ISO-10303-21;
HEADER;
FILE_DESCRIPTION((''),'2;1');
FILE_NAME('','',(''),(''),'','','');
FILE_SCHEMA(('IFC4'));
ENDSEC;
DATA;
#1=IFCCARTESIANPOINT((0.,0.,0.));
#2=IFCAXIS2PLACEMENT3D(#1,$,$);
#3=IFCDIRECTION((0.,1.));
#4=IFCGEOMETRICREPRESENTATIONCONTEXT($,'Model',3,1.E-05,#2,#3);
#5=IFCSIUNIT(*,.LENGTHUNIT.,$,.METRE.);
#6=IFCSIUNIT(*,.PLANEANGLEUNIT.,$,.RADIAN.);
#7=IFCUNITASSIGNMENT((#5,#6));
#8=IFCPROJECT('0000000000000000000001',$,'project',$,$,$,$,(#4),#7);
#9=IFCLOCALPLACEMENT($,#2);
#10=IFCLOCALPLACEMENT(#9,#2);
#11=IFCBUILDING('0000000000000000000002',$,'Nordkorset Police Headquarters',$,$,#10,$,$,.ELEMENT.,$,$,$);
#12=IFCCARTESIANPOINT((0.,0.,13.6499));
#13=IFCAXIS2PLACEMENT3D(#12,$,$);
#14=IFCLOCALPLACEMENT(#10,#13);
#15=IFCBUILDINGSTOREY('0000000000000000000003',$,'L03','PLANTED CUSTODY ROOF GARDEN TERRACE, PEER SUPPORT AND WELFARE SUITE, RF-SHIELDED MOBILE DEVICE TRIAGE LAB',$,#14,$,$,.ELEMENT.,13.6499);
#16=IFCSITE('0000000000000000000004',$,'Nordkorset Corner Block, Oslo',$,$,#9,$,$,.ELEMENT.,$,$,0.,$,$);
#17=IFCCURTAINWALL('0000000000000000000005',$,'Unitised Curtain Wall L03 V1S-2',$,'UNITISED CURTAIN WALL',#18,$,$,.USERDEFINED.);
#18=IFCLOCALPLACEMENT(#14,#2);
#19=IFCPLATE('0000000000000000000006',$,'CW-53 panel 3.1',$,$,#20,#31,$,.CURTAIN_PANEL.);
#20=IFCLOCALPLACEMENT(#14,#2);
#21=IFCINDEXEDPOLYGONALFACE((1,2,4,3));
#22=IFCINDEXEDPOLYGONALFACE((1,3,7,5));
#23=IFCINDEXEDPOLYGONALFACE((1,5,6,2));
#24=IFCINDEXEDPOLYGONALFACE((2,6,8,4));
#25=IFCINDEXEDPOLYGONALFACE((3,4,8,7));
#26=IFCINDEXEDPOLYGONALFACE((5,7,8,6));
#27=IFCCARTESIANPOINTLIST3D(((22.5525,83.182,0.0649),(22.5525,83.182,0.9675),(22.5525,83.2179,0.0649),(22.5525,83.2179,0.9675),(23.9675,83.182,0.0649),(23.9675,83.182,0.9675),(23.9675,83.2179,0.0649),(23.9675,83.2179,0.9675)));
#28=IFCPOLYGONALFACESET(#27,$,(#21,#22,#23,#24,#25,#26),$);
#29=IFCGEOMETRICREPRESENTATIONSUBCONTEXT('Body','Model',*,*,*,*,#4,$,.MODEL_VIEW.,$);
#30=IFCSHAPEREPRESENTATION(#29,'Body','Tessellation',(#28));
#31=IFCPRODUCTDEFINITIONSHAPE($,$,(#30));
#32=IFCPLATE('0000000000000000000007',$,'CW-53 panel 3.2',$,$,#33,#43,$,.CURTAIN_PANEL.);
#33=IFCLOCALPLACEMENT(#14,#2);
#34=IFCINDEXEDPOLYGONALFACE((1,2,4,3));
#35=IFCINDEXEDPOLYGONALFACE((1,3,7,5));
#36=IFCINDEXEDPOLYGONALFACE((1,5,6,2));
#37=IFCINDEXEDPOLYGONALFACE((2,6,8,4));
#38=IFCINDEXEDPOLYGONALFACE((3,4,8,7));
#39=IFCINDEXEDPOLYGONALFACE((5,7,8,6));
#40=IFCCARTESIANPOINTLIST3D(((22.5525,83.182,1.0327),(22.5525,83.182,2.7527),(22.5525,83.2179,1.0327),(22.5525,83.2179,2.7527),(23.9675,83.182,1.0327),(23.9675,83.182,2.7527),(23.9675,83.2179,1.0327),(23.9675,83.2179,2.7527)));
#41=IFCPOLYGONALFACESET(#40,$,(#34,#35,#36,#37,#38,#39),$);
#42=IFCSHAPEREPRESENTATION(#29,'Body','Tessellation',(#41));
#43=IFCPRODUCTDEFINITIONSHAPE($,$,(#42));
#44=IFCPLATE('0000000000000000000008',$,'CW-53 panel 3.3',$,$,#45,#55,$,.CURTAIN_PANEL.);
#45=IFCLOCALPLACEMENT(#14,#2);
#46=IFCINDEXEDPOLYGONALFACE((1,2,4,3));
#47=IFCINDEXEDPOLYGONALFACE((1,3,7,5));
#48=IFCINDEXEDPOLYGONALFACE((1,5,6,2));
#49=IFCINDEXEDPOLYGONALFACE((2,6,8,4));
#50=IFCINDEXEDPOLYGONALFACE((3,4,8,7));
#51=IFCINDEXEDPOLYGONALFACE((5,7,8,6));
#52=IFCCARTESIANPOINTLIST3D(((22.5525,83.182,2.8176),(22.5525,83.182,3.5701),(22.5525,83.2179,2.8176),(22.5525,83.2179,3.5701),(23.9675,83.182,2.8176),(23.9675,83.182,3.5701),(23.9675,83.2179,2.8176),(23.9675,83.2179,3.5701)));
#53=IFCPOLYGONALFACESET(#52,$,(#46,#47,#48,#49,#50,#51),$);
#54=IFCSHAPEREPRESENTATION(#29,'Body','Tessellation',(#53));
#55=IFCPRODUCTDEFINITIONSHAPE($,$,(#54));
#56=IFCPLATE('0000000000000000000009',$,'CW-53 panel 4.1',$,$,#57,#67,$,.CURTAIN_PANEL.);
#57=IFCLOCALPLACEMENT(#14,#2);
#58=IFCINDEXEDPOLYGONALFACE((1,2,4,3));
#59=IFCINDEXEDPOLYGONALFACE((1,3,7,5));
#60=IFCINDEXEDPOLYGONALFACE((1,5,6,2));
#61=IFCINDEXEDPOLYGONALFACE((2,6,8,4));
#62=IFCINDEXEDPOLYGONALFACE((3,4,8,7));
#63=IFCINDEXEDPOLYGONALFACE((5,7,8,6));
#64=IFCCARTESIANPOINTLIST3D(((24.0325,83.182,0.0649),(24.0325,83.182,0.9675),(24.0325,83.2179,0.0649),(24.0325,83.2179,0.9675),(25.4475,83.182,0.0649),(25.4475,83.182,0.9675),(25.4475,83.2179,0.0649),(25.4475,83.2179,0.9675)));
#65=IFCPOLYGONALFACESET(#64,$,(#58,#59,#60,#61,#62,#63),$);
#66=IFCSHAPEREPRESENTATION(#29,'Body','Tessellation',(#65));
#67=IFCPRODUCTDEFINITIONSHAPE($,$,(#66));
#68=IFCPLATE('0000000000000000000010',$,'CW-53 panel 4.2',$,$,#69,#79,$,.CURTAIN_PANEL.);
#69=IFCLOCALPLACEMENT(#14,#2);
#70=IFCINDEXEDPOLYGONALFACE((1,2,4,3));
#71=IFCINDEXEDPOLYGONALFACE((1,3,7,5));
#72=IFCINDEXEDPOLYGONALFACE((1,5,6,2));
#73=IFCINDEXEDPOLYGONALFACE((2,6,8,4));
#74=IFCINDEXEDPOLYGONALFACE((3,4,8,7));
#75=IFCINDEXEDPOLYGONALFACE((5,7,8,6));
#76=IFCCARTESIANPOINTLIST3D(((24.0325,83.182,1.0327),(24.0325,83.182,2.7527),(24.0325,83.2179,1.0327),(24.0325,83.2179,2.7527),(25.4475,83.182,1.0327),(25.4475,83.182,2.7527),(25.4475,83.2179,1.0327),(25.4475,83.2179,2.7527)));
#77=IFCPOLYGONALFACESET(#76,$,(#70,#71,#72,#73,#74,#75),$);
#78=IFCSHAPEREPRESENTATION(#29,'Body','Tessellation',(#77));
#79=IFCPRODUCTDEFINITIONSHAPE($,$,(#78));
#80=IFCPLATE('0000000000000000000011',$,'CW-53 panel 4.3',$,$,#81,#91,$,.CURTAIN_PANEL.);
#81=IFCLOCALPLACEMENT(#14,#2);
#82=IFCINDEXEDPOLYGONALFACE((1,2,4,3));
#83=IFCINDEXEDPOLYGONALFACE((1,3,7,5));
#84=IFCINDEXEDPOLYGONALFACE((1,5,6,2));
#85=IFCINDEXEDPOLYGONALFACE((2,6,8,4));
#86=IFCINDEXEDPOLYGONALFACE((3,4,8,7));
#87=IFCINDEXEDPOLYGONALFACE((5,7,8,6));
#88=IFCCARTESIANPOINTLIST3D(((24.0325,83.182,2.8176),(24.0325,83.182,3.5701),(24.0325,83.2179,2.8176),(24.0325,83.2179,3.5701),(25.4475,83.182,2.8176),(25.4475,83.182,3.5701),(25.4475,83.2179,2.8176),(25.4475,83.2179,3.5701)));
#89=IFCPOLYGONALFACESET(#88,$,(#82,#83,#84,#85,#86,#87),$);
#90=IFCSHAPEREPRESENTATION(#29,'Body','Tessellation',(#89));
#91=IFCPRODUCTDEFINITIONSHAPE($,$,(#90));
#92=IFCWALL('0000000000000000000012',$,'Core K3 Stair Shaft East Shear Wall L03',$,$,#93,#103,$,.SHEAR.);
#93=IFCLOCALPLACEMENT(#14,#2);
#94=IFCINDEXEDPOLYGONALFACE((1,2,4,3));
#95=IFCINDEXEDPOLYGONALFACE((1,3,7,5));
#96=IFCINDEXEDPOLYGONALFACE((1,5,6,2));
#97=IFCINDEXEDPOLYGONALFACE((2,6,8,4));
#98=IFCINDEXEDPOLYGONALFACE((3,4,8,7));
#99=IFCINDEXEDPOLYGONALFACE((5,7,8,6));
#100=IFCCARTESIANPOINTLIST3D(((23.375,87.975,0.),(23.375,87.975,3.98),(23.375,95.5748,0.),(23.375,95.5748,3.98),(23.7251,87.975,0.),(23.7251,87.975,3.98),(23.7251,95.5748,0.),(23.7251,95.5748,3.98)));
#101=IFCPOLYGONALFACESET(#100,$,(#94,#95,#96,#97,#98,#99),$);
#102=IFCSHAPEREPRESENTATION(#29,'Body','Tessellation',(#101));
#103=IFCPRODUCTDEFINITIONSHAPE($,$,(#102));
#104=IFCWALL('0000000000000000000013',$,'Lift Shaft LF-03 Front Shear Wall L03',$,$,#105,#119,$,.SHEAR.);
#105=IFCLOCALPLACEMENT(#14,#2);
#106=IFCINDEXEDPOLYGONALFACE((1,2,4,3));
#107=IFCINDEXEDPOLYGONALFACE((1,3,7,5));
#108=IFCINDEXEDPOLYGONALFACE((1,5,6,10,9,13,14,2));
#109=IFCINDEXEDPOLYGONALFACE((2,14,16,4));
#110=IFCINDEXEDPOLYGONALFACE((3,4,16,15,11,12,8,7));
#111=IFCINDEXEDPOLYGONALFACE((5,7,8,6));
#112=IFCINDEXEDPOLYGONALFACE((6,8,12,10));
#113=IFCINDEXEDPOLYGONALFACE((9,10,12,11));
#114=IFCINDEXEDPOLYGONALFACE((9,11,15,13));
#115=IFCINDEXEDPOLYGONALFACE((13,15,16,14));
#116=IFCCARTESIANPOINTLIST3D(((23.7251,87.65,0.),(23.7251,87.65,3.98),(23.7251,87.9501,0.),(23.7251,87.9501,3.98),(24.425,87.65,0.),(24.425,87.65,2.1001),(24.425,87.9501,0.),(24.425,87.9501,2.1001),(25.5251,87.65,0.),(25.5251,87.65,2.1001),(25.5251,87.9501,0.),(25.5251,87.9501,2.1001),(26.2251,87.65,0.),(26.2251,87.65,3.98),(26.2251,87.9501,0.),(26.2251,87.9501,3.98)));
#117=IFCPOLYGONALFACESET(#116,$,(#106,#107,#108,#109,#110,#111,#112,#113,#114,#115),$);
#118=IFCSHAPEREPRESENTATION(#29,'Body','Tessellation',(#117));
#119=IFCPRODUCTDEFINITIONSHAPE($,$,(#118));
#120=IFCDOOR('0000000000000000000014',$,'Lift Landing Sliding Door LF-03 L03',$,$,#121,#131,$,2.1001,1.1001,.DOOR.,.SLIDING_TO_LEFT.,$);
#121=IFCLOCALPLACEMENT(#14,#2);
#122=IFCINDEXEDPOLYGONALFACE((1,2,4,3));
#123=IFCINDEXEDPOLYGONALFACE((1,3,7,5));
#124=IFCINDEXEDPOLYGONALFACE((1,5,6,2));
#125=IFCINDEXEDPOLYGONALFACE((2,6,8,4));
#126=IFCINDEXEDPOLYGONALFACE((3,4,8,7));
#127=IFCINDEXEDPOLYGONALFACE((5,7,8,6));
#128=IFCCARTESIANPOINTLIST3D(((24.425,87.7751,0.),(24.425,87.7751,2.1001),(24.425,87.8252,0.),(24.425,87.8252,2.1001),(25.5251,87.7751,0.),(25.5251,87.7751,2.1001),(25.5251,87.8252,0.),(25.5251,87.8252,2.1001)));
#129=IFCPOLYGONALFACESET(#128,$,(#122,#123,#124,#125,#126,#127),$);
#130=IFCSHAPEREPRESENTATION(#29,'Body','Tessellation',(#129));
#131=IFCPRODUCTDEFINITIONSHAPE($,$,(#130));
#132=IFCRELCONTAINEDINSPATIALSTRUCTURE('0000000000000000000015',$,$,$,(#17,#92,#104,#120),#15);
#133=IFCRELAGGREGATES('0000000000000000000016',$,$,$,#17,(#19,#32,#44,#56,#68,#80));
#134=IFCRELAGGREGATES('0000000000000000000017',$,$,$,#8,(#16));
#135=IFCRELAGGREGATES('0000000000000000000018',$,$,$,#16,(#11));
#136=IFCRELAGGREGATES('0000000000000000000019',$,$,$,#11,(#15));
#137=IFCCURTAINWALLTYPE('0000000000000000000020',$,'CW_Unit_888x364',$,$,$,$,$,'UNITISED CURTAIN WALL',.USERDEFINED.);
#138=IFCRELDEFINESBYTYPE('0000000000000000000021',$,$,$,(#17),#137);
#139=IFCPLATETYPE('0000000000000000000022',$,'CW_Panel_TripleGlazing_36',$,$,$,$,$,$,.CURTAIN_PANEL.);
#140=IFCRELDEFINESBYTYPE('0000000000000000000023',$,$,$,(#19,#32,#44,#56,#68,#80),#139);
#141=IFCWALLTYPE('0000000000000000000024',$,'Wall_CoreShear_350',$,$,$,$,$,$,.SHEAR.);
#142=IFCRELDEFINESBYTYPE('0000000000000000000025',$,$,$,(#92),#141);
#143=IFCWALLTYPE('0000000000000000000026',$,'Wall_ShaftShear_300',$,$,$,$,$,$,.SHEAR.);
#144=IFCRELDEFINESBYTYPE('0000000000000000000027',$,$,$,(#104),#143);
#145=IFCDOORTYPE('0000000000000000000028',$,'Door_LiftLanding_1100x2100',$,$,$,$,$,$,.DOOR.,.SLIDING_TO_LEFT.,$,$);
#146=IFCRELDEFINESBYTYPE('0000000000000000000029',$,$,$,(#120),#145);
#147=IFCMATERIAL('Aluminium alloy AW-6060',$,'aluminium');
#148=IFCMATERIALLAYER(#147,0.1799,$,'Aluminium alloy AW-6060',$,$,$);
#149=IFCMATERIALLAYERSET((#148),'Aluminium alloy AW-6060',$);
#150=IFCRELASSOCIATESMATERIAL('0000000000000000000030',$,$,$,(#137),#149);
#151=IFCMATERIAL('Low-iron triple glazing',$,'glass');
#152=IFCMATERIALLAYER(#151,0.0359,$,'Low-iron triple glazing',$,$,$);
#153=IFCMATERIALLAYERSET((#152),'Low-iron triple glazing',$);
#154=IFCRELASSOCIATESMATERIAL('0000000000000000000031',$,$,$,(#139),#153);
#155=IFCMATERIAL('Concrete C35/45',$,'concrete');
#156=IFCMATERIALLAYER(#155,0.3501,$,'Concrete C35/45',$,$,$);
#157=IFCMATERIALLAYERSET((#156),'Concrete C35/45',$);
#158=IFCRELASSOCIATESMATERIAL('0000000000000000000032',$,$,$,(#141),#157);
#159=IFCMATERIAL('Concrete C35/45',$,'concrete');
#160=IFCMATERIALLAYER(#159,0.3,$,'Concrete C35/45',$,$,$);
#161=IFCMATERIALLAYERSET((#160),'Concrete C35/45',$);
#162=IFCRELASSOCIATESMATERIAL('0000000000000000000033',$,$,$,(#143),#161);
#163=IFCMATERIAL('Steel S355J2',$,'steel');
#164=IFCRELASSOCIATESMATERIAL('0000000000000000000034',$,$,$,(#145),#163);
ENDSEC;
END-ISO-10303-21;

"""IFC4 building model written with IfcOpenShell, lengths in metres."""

from ifc_helpers import new_model, si_unit, direction, frame, frame_2d, origin, origin_2d, place, context, subcontext, project, spatial, rectangle, extrude, material, layer, layer_set, type_object, element, fill, aggregate, save


model = new_model("IFC4")

# Units and contexts
model_context = context("Model", 3, precision=1e-05, world=origin(), true_north=direction((0.0, 1.0)))
body_context = subcontext(model_context, "Body", "Model", "MODEL_VIEW")
ifc_project = project(units=[si_unit("LENGTHUNIT", "METRE"), si_unit("PLANEANGLEUNIT", "RADIAN")], contexts=[model_context])

# Site, building, storey
site_placement = place(None, origin())
site = spatial("IfcSite", under=ifc_project, at=site_placement, Name="Nordkorset Corner Block, Oslo", CompositionType="ELEMENT", RefElevation=0.0)
building_placement = place(site_placement, origin())
building = spatial("IfcBuilding", under=site, at=building_placement, Name="Nordkorset Police Headquarters", CompositionType="ELEMENT")
storey_placement = place(building_placement, frame((0.0, 0.0, 13.6499)))
storey = spatial("IfcBuildingStorey", under=building, at=storey_placement, Name="L03", Description="PLANTED CUSTODY ROOF GARDEN TERRACE, PEER SUPPORT AND WELFARE SUITE, RF-SHIELDED MOBILE DEVICE TRIAGE LAB", CompositionType="ELEMENT", Elevation=13.6499)

# Curtain wall, plates
ifc_material_1 = material(Name="Aluminium alloy AW-6060", Category="aluminium")
ifc_layer_1 = layer(ifc_material_1, 0.1799, Name="Aluminium alloy AW-6060")
ifc_layer_set_1 = layer_set([ifc_layer_1], Name="Aluminium alloy AW-6060")
curtain_wall_type = type_object("IfcCurtainWallType", Name="CW_Unit_888x364", ElementType="UNITISED CURTAIN WALL", PredefinedType="USERDEFINED", material=ifc_layer_set_1)
curtain_wall_placement = place(storey_placement, origin())
curtain_wall = element("IfcCurtainWall", 1, at=curtain_wall_placement, inside=storey, type_object=curtain_wall_type, Name="Unitised Curtain Wall L03 V1S-2", ObjectType="UNITISED CURTAIN WALL", PredefinedType="USERDEFINED")
ifc_material_2 = material(Name="Low-iron triple glazing", Category="glass")
ifc_layer_2 = layer(ifc_material_2, 0.0359, Name="Low-iron triple glazing")
ifc_layer_set_2 = layer_set([ifc_layer_2], Name="Low-iron triple glazing")
plate_type = type_object("IfcPlateType", Name="CW_Panel_TripleGlazing_36", PredefinedType="CURTAIN_PANEL", material=ifc_layer_set_2)
plate_1_placement = place(storey_placement, frame((23.26, 83.2, 0.0649), z_axis=(0.0, 0.0, 1.0), x_axis=(1.0, 0.0, 0.0)))
plate_1 = element("IfcPlate", 2, at=plate_1_placement, type_object=plate_type, Name="CW-53 panel 3.1", PredefinedType="CURTAIN_PANEL", context=body_context, shape_type="SweptSolid", body=[
    extrude(rectangle(XDim=1.415, YDim=0.0359, at=origin_2d()), origin(), (0.0, 0.0, 1.0), 0.9026),
])
plate_2_placement = place(storey_placement, frame((23.26, 83.2, 1.0327), z_axis=(0.0, 0.0, 1.0), x_axis=(1.0, 0.0, 0.0)))
plate_2 = element("IfcPlate", 3, at=plate_2_placement, type_object=plate_type, Name="CW-53 panel 3.2", PredefinedType="CURTAIN_PANEL", context=body_context, shape_type="SweptSolid", body=[
    extrude(rectangle(XDim=1.415, YDim=0.0359, at=origin_2d()), origin(), (0.0, 0.0, 1.0), 1.72),
])
plate_3_placement = place(storey_placement, frame((23.26, 83.2, 2.8176), z_axis=(0.0, 0.0, 1.0), x_axis=(1.0, 0.0, 0.0)))
plate_3 = element("IfcPlate", 4, at=plate_3_placement, type_object=plate_type, Name="CW-53 panel 3.3", PredefinedType="CURTAIN_PANEL", context=body_context, shape_type="SweptSolid", body=[
    extrude(rectangle(XDim=1.415, YDim=0.0359, at=origin_2d()), origin(), (0.0, 0.0, 1.0), 0.7524),
])
plate_4_placement = place(storey_placement, frame((24.74, 83.2, 0.0649), z_axis=(0.0, 0.0, 1.0), x_axis=(1.0, 0.0, 0.0)))
plate_4 = element("IfcPlate", 5, at=plate_4_placement, type_object=plate_type, Name="CW-53 panel 4.1", PredefinedType="CURTAIN_PANEL", context=body_context, shape_type="SweptSolid", body=[
    extrude(rectangle(XDim=1.415, YDim=0.0359, at=origin_2d()), origin(), (0.0, 0.0, 1.0), 0.9026),
])
plate_5_placement = place(storey_placement, frame((24.74, 83.2, 1.0327), z_axis=(0.0, 0.0, 1.0), x_axis=(1.0, 0.0, 0.0)))
plate_5 = element("IfcPlate", 6, at=plate_5_placement, type_object=plate_type, Name="CW-53 panel 4.2", PredefinedType="CURTAIN_PANEL", context=body_context, shape_type="SweptSolid", body=[
    extrude(rectangle(XDim=1.415, YDim=0.0359, at=origin_2d()), origin(), (0.0, 0.0, 1.0), 1.72),
])
plate_6_placement = place(storey_placement, frame((24.74, 83.2, 2.8176), z_axis=(0.0, 0.0, 1.0), x_axis=(1.0, 0.0, 0.0)))
plate_6 = element("IfcPlate", 7, at=plate_6_placement, type_object=plate_type, Name="CW-53 panel 4.3", PredefinedType="CURTAIN_PANEL", context=body_context, shape_type="SweptSolid", body=[
    extrude(rectangle(XDim=1.415, YDim=0.0359, at=origin_2d()), origin(), (0.0, 0.0, 1.0), 0.7524),
])
aggregate(curtain_wall, [plate_1, plate_2, plate_3, plate_4, plate_5, plate_6])

# Wall
ifc_material_3 = material(Name="Concrete C35/45", Category="concrete")
ifc_layer_3 = layer(ifc_material_3, 0.3501, Name="Concrete C35/45")
ifc_layer_set_3 = layer_set([ifc_layer_3], Name="Concrete C35/45")
wall_type_1 = type_object("IfcWallType", Name="Wall_CoreShear_350", PredefinedType="SHEAR", material=ifc_layer_set_3)
wall_1_placement = place(storey_placement, frame((23.55, 87.9751, 0.0), z_axis=(0.0, 0.0, 1.0), x_axis=(0.0, 1.0, 0.0)))
element("IfcWall", 8, at=wall_1_placement, inside=storey, type_object=wall_type_1, Name="Core K3 Stair Shaft East Shear Wall L03", PredefinedType="SHEAR", context=body_context, shape_type="SweptSolid", body=[
    extrude(rectangle(XDim=7.5999, YDim=0.3501, at=frame_2d((3.7998, 0.0))), origin(), (0.0, 0.0, 1.0), 3.98),
])

# Wall, opening, door
ifc_material_4 = material(Name="Concrete C35/45", Category="concrete")
ifc_layer_4 = layer(ifc_material_4, 0.3, Name="Concrete C35/45")
ifc_layer_set_4 = layer_set([ifc_layer_4], Name="Concrete C35/45")
wall_type_2 = type_object("IfcWallType", Name="Wall_ShaftShear_300", PredefinedType="SHEAR", material=ifc_layer_set_4)
wall_2_placement = place(storey_placement, frame((23.7251, 87.8, 0.0), z_axis=(0.0, 0.0, 1.0), x_axis=(1.0, 0.0, 0.0)))
wall_2 = element("IfcWall", 9, at=wall_2_placement, inside=storey, type_object=wall_type_2, Name="Lift Shaft LF-03 Front Shear Wall L03", PredefinedType="SHEAR", context=body_context, shape_type="SweptSolid", body=[
    extrude(rectangle(XDim=2.5, YDim=0.3, at=frame_2d((1.25, 0.0))), origin(), (0.0, 0.0, 1.0), 3.98),
])
opening_placement = place(wall_2_placement, frame((0.7, 0.0, 0.0)))
opening = element("IfcOpeningElement", 10, at=opening_placement, cuts=wall_2, PredefinedType="OPENING", context=body_context, shape_type="SweptSolid", body=[
    extrude(rectangle(XDim=1.1001, YDim=2.1001, at=frame_2d((0.55, 1.05))), frame((0.0, 0.1602, 0.0), z_axis=(0.0, -1.0, 0.0), x_axis=(1.0, 0.0, 0.0)), (0.0, 0.0, 1.0), 0.3201),
])
ifc_material_5 = material(Name="Steel S355J2", Category="steel")
door_type = type_object("IfcDoorType", Name="Door_LiftLanding_1100x2100", OperationType="SLIDING_TO_LEFT", PredefinedType="DOOR", material=ifc_material_5)
door_placement = place(opening_placement, frame((1.1001, 0.0, 0.0), z_axis=(0.0, 0.0, 1.0), x_axis=(-1.0, 0.0, 0.0)))
door = element("IfcDoor", 11, at=door_placement, inside=storey, type_object=door_type, Name="Lift Landing Sliding Door LF-03 L03", OperationType="SLIDING_TO_LEFT", OverallHeight=2.1001, OverallWidth=1.1001, PredefinedType="DOOR", context=body_context, shape_type="SweptSolid", body=[
    extrude(rectangle(XDim=1.1001, YDim=2.1001, at=frame_2d((0.55, 1.05))), frame((0.0, 0.0249, 0.0), z_axis=(0.0, -1.0, 0.0), x_axis=(1.0, 0.0, 0.0)), (0.0, 0.0, 1.0), 0.05),
])
fill(opening, door)

save(model, "model.ifc")
